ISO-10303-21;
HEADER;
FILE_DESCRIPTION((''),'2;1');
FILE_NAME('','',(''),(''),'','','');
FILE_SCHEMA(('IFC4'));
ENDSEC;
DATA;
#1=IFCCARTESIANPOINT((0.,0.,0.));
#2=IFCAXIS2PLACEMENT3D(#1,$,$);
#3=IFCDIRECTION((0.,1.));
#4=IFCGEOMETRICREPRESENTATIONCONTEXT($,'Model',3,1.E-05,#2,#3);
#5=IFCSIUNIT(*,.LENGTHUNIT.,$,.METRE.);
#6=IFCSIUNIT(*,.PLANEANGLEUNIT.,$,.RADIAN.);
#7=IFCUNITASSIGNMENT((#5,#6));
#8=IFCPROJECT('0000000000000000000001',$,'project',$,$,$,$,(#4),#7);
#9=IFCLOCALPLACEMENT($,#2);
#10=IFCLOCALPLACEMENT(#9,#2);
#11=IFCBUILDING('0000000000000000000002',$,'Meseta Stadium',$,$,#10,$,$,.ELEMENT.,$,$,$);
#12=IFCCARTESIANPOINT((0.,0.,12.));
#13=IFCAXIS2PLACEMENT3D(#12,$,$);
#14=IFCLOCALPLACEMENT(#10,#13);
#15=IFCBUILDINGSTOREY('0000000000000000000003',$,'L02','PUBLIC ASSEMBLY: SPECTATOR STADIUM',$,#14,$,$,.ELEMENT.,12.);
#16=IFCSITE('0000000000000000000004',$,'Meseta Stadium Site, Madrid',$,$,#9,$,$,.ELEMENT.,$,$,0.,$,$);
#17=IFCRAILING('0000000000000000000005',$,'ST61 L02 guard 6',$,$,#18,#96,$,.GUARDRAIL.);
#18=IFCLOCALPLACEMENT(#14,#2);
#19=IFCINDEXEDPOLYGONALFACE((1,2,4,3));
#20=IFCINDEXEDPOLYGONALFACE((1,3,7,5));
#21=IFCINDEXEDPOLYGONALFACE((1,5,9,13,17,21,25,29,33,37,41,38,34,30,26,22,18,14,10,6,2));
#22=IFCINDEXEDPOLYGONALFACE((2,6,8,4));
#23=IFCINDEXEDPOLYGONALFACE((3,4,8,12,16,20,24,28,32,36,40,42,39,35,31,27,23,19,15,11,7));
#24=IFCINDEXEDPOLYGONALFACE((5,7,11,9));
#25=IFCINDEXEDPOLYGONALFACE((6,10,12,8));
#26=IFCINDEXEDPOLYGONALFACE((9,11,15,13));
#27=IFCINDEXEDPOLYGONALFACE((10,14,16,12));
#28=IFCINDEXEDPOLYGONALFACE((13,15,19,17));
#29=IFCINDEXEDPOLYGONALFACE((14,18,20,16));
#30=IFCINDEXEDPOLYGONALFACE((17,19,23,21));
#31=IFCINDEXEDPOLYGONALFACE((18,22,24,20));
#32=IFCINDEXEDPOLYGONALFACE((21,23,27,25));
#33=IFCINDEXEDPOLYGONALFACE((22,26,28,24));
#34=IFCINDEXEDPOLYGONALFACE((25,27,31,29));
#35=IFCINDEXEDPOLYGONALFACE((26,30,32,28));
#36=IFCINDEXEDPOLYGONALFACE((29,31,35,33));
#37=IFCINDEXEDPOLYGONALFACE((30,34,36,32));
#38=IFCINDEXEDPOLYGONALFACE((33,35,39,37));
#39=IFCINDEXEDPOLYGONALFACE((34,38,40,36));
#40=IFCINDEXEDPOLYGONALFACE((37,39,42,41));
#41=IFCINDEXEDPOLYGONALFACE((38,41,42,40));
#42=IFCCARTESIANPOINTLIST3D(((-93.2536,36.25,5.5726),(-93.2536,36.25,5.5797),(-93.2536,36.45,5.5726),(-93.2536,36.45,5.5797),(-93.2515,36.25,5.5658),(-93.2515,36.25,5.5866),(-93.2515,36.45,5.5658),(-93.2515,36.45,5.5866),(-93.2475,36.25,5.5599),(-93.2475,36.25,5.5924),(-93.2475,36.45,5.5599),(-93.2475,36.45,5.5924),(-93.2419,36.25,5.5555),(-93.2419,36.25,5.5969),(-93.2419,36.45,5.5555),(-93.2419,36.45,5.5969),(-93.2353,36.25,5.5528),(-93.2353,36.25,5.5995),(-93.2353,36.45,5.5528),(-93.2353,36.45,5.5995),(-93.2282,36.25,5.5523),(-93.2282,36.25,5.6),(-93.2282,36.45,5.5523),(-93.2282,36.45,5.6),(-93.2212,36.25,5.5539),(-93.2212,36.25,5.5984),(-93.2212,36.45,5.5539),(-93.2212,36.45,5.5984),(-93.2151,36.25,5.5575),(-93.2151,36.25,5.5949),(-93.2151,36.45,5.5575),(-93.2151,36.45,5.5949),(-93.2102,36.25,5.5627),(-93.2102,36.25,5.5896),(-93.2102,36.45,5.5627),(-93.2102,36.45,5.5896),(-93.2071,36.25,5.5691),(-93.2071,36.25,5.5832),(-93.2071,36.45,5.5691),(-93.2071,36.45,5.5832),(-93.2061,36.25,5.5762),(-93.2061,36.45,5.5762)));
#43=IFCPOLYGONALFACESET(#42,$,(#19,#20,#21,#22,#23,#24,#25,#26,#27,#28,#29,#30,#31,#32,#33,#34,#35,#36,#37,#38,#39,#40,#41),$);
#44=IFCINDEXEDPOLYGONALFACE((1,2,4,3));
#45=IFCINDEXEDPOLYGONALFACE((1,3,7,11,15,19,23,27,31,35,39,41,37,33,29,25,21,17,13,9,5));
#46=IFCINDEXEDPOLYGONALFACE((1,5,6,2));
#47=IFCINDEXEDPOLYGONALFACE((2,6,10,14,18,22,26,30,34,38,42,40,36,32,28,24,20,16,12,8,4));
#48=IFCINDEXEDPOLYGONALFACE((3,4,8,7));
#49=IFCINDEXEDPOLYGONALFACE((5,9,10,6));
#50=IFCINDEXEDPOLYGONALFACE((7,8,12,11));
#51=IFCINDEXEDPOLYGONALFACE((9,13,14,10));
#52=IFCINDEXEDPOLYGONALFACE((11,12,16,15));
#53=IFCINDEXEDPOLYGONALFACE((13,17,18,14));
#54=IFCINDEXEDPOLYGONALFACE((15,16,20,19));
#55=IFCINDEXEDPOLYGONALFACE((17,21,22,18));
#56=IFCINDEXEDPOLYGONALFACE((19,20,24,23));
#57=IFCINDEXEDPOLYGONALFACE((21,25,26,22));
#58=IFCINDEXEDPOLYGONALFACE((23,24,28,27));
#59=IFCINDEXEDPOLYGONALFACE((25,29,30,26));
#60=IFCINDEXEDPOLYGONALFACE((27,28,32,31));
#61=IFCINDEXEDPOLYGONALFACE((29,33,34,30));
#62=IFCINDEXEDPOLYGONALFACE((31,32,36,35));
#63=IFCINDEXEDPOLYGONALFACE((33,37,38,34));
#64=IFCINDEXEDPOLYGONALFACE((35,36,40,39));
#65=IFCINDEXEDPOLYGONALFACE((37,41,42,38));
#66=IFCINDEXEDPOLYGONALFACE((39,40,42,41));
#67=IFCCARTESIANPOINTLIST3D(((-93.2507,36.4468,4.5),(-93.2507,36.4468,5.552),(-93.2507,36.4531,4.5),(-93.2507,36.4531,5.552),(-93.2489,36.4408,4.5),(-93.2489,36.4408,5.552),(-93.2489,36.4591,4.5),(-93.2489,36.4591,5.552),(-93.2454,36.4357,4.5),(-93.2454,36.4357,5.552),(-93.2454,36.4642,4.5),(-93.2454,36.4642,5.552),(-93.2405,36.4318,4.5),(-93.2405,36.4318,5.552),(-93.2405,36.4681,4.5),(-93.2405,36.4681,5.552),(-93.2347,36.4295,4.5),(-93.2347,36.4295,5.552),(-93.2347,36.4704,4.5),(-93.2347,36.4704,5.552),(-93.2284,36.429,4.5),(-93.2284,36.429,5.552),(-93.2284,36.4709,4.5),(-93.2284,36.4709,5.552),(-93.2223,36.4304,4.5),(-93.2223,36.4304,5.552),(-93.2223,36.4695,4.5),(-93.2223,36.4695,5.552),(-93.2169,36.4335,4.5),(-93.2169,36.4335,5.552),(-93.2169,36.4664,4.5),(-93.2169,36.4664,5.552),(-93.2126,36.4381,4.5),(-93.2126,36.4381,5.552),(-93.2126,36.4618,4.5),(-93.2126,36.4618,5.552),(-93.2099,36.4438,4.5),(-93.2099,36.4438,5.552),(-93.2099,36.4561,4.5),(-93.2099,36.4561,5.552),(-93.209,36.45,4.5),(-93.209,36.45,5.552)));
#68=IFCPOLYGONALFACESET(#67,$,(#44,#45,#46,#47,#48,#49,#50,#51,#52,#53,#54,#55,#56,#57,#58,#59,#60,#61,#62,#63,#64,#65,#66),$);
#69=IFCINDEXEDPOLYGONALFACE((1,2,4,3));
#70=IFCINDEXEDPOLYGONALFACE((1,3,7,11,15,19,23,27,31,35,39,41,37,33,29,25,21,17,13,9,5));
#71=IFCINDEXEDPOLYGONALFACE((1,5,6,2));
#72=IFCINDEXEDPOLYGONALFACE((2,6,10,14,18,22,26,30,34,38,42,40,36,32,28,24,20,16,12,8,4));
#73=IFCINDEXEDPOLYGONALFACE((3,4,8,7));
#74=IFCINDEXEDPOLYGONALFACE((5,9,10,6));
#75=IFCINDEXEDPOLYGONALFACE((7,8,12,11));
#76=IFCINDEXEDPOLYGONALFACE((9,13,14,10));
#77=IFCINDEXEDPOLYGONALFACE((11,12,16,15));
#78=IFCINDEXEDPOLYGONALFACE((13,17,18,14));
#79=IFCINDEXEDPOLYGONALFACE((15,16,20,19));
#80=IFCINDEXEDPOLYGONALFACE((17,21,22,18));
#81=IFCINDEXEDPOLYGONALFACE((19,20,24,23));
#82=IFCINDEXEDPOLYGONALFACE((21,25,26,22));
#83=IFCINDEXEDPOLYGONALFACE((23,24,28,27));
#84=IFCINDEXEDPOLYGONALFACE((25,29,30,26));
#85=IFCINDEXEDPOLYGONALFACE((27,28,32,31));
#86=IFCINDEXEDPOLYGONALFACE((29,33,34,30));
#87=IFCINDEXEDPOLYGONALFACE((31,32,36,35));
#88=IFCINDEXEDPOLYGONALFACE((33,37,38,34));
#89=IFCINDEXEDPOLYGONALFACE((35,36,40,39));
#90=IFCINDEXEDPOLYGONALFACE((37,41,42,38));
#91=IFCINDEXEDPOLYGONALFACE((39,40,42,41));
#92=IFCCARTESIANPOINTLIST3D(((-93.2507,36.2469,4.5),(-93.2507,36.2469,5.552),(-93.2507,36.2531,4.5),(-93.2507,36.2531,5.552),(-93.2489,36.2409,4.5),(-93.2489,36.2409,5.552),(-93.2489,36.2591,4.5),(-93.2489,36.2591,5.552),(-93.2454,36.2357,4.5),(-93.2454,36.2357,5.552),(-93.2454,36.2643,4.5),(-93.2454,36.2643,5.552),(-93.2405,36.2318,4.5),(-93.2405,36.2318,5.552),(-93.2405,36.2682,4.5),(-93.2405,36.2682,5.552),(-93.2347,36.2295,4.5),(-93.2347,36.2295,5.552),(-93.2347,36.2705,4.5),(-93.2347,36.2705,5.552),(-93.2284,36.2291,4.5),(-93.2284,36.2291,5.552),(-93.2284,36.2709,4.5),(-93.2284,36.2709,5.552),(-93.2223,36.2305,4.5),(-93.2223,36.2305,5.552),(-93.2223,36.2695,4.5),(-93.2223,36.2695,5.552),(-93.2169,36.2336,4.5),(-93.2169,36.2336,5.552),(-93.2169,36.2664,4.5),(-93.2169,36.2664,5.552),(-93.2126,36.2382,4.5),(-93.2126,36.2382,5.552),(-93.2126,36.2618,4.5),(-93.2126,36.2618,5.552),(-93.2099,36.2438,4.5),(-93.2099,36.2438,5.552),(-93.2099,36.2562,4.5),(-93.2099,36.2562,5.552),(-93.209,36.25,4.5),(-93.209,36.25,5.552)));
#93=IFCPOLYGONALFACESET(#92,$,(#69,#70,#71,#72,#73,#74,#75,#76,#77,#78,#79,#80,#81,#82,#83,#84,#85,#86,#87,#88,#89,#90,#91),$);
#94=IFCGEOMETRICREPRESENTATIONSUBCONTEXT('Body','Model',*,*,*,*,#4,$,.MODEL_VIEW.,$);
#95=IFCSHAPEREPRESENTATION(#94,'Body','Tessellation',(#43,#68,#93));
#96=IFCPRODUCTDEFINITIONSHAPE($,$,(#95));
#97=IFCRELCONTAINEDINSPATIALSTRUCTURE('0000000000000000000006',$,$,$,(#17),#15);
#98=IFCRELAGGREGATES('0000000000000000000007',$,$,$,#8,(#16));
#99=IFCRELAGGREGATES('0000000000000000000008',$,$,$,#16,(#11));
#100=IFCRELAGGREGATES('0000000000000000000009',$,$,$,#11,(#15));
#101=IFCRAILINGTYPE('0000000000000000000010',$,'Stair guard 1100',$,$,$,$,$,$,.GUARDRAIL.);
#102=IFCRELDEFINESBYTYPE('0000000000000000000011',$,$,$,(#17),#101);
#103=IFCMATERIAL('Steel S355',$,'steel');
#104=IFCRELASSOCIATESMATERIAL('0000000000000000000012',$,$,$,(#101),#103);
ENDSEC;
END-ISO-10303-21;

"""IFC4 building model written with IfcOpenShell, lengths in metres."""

from ifc_helpers import new_model, si_unit, direction, frame, origin, origin_2d, place, context, subcontext, project, spatial, circle, extrude, material, type_object, element, save


model = new_model("IFC4")

# Units and contexts
model_context = context("Model", 3, precision=1e-05, world=origin(), true_north=direction((0.0, 1.0)))
body_context = subcontext(model_context, "Body", "Model", "MODEL_VIEW")
ifc_project = project(units=[si_unit("LENGTHUNIT", "METRE"), si_unit("PLANEANGLEUNIT", "RADIAN")], contexts=[model_context])

# Site, building, storey
site_placement = place(None, origin())
site = spatial("IfcSite", under=ifc_project, at=site_placement, Name="Meseta Stadium Site, Madrid", CompositionType="ELEMENT", RefElevation=0.0)
building_placement = place(site_placement, origin())
building = spatial("IfcBuilding", under=site, at=building_placement, Name="Meseta Stadium", CompositionType="ELEMENT")
storey_placement = place(building_placement, frame((0.0, 0.0, 12.0)))
storey = spatial("IfcBuildingStorey", under=building, at=storey_placement, Name="L02", Description="PUBLIC ASSEMBLY: SPECTATOR STADIUM", CompositionType="ELEMENT", Elevation=12.0)

# Railing
ifc_material_1 = material(Name="Steel S355", Category="steel")
railing_type_1 = type_object("IfcRailingType", Name="Stair guard 1100", PredefinedType="GUARDRAIL", material=ifc_material_1)
railing_1_placement = place(storey_placement, frame((-93.23, 36.45, 4.5)))
element("IfcRailing", 1, at=railing_1_placement, inside=storey, type_object=railing_type_1, Name="ST61 L02 guard 6", PredefinedType="GUARDRAIL", context=body_context, shape_type="SweptSolid", body=[
    extrude(circle(Radius=0.0239, at=origin_2d()), frame((0.0, 0.0, 1.0762), z_axis=(0.0, -1.0, 0.0), x_axis=(1.0, 0.0, 0.0)), (0.0, 0.0, 1.0), 0.2),
    extrude(circle(Radius=0.021, at=origin_2d()), origin(), (0.0, 0.0, 1.0), 1.052),
    extrude(circle(Radius=0.021, at=origin_2d()), frame((0.0, -0.2, 0.0)), (0.0, 0.0, 1.0), 1.052),
])

save(model, "model.ifc")
